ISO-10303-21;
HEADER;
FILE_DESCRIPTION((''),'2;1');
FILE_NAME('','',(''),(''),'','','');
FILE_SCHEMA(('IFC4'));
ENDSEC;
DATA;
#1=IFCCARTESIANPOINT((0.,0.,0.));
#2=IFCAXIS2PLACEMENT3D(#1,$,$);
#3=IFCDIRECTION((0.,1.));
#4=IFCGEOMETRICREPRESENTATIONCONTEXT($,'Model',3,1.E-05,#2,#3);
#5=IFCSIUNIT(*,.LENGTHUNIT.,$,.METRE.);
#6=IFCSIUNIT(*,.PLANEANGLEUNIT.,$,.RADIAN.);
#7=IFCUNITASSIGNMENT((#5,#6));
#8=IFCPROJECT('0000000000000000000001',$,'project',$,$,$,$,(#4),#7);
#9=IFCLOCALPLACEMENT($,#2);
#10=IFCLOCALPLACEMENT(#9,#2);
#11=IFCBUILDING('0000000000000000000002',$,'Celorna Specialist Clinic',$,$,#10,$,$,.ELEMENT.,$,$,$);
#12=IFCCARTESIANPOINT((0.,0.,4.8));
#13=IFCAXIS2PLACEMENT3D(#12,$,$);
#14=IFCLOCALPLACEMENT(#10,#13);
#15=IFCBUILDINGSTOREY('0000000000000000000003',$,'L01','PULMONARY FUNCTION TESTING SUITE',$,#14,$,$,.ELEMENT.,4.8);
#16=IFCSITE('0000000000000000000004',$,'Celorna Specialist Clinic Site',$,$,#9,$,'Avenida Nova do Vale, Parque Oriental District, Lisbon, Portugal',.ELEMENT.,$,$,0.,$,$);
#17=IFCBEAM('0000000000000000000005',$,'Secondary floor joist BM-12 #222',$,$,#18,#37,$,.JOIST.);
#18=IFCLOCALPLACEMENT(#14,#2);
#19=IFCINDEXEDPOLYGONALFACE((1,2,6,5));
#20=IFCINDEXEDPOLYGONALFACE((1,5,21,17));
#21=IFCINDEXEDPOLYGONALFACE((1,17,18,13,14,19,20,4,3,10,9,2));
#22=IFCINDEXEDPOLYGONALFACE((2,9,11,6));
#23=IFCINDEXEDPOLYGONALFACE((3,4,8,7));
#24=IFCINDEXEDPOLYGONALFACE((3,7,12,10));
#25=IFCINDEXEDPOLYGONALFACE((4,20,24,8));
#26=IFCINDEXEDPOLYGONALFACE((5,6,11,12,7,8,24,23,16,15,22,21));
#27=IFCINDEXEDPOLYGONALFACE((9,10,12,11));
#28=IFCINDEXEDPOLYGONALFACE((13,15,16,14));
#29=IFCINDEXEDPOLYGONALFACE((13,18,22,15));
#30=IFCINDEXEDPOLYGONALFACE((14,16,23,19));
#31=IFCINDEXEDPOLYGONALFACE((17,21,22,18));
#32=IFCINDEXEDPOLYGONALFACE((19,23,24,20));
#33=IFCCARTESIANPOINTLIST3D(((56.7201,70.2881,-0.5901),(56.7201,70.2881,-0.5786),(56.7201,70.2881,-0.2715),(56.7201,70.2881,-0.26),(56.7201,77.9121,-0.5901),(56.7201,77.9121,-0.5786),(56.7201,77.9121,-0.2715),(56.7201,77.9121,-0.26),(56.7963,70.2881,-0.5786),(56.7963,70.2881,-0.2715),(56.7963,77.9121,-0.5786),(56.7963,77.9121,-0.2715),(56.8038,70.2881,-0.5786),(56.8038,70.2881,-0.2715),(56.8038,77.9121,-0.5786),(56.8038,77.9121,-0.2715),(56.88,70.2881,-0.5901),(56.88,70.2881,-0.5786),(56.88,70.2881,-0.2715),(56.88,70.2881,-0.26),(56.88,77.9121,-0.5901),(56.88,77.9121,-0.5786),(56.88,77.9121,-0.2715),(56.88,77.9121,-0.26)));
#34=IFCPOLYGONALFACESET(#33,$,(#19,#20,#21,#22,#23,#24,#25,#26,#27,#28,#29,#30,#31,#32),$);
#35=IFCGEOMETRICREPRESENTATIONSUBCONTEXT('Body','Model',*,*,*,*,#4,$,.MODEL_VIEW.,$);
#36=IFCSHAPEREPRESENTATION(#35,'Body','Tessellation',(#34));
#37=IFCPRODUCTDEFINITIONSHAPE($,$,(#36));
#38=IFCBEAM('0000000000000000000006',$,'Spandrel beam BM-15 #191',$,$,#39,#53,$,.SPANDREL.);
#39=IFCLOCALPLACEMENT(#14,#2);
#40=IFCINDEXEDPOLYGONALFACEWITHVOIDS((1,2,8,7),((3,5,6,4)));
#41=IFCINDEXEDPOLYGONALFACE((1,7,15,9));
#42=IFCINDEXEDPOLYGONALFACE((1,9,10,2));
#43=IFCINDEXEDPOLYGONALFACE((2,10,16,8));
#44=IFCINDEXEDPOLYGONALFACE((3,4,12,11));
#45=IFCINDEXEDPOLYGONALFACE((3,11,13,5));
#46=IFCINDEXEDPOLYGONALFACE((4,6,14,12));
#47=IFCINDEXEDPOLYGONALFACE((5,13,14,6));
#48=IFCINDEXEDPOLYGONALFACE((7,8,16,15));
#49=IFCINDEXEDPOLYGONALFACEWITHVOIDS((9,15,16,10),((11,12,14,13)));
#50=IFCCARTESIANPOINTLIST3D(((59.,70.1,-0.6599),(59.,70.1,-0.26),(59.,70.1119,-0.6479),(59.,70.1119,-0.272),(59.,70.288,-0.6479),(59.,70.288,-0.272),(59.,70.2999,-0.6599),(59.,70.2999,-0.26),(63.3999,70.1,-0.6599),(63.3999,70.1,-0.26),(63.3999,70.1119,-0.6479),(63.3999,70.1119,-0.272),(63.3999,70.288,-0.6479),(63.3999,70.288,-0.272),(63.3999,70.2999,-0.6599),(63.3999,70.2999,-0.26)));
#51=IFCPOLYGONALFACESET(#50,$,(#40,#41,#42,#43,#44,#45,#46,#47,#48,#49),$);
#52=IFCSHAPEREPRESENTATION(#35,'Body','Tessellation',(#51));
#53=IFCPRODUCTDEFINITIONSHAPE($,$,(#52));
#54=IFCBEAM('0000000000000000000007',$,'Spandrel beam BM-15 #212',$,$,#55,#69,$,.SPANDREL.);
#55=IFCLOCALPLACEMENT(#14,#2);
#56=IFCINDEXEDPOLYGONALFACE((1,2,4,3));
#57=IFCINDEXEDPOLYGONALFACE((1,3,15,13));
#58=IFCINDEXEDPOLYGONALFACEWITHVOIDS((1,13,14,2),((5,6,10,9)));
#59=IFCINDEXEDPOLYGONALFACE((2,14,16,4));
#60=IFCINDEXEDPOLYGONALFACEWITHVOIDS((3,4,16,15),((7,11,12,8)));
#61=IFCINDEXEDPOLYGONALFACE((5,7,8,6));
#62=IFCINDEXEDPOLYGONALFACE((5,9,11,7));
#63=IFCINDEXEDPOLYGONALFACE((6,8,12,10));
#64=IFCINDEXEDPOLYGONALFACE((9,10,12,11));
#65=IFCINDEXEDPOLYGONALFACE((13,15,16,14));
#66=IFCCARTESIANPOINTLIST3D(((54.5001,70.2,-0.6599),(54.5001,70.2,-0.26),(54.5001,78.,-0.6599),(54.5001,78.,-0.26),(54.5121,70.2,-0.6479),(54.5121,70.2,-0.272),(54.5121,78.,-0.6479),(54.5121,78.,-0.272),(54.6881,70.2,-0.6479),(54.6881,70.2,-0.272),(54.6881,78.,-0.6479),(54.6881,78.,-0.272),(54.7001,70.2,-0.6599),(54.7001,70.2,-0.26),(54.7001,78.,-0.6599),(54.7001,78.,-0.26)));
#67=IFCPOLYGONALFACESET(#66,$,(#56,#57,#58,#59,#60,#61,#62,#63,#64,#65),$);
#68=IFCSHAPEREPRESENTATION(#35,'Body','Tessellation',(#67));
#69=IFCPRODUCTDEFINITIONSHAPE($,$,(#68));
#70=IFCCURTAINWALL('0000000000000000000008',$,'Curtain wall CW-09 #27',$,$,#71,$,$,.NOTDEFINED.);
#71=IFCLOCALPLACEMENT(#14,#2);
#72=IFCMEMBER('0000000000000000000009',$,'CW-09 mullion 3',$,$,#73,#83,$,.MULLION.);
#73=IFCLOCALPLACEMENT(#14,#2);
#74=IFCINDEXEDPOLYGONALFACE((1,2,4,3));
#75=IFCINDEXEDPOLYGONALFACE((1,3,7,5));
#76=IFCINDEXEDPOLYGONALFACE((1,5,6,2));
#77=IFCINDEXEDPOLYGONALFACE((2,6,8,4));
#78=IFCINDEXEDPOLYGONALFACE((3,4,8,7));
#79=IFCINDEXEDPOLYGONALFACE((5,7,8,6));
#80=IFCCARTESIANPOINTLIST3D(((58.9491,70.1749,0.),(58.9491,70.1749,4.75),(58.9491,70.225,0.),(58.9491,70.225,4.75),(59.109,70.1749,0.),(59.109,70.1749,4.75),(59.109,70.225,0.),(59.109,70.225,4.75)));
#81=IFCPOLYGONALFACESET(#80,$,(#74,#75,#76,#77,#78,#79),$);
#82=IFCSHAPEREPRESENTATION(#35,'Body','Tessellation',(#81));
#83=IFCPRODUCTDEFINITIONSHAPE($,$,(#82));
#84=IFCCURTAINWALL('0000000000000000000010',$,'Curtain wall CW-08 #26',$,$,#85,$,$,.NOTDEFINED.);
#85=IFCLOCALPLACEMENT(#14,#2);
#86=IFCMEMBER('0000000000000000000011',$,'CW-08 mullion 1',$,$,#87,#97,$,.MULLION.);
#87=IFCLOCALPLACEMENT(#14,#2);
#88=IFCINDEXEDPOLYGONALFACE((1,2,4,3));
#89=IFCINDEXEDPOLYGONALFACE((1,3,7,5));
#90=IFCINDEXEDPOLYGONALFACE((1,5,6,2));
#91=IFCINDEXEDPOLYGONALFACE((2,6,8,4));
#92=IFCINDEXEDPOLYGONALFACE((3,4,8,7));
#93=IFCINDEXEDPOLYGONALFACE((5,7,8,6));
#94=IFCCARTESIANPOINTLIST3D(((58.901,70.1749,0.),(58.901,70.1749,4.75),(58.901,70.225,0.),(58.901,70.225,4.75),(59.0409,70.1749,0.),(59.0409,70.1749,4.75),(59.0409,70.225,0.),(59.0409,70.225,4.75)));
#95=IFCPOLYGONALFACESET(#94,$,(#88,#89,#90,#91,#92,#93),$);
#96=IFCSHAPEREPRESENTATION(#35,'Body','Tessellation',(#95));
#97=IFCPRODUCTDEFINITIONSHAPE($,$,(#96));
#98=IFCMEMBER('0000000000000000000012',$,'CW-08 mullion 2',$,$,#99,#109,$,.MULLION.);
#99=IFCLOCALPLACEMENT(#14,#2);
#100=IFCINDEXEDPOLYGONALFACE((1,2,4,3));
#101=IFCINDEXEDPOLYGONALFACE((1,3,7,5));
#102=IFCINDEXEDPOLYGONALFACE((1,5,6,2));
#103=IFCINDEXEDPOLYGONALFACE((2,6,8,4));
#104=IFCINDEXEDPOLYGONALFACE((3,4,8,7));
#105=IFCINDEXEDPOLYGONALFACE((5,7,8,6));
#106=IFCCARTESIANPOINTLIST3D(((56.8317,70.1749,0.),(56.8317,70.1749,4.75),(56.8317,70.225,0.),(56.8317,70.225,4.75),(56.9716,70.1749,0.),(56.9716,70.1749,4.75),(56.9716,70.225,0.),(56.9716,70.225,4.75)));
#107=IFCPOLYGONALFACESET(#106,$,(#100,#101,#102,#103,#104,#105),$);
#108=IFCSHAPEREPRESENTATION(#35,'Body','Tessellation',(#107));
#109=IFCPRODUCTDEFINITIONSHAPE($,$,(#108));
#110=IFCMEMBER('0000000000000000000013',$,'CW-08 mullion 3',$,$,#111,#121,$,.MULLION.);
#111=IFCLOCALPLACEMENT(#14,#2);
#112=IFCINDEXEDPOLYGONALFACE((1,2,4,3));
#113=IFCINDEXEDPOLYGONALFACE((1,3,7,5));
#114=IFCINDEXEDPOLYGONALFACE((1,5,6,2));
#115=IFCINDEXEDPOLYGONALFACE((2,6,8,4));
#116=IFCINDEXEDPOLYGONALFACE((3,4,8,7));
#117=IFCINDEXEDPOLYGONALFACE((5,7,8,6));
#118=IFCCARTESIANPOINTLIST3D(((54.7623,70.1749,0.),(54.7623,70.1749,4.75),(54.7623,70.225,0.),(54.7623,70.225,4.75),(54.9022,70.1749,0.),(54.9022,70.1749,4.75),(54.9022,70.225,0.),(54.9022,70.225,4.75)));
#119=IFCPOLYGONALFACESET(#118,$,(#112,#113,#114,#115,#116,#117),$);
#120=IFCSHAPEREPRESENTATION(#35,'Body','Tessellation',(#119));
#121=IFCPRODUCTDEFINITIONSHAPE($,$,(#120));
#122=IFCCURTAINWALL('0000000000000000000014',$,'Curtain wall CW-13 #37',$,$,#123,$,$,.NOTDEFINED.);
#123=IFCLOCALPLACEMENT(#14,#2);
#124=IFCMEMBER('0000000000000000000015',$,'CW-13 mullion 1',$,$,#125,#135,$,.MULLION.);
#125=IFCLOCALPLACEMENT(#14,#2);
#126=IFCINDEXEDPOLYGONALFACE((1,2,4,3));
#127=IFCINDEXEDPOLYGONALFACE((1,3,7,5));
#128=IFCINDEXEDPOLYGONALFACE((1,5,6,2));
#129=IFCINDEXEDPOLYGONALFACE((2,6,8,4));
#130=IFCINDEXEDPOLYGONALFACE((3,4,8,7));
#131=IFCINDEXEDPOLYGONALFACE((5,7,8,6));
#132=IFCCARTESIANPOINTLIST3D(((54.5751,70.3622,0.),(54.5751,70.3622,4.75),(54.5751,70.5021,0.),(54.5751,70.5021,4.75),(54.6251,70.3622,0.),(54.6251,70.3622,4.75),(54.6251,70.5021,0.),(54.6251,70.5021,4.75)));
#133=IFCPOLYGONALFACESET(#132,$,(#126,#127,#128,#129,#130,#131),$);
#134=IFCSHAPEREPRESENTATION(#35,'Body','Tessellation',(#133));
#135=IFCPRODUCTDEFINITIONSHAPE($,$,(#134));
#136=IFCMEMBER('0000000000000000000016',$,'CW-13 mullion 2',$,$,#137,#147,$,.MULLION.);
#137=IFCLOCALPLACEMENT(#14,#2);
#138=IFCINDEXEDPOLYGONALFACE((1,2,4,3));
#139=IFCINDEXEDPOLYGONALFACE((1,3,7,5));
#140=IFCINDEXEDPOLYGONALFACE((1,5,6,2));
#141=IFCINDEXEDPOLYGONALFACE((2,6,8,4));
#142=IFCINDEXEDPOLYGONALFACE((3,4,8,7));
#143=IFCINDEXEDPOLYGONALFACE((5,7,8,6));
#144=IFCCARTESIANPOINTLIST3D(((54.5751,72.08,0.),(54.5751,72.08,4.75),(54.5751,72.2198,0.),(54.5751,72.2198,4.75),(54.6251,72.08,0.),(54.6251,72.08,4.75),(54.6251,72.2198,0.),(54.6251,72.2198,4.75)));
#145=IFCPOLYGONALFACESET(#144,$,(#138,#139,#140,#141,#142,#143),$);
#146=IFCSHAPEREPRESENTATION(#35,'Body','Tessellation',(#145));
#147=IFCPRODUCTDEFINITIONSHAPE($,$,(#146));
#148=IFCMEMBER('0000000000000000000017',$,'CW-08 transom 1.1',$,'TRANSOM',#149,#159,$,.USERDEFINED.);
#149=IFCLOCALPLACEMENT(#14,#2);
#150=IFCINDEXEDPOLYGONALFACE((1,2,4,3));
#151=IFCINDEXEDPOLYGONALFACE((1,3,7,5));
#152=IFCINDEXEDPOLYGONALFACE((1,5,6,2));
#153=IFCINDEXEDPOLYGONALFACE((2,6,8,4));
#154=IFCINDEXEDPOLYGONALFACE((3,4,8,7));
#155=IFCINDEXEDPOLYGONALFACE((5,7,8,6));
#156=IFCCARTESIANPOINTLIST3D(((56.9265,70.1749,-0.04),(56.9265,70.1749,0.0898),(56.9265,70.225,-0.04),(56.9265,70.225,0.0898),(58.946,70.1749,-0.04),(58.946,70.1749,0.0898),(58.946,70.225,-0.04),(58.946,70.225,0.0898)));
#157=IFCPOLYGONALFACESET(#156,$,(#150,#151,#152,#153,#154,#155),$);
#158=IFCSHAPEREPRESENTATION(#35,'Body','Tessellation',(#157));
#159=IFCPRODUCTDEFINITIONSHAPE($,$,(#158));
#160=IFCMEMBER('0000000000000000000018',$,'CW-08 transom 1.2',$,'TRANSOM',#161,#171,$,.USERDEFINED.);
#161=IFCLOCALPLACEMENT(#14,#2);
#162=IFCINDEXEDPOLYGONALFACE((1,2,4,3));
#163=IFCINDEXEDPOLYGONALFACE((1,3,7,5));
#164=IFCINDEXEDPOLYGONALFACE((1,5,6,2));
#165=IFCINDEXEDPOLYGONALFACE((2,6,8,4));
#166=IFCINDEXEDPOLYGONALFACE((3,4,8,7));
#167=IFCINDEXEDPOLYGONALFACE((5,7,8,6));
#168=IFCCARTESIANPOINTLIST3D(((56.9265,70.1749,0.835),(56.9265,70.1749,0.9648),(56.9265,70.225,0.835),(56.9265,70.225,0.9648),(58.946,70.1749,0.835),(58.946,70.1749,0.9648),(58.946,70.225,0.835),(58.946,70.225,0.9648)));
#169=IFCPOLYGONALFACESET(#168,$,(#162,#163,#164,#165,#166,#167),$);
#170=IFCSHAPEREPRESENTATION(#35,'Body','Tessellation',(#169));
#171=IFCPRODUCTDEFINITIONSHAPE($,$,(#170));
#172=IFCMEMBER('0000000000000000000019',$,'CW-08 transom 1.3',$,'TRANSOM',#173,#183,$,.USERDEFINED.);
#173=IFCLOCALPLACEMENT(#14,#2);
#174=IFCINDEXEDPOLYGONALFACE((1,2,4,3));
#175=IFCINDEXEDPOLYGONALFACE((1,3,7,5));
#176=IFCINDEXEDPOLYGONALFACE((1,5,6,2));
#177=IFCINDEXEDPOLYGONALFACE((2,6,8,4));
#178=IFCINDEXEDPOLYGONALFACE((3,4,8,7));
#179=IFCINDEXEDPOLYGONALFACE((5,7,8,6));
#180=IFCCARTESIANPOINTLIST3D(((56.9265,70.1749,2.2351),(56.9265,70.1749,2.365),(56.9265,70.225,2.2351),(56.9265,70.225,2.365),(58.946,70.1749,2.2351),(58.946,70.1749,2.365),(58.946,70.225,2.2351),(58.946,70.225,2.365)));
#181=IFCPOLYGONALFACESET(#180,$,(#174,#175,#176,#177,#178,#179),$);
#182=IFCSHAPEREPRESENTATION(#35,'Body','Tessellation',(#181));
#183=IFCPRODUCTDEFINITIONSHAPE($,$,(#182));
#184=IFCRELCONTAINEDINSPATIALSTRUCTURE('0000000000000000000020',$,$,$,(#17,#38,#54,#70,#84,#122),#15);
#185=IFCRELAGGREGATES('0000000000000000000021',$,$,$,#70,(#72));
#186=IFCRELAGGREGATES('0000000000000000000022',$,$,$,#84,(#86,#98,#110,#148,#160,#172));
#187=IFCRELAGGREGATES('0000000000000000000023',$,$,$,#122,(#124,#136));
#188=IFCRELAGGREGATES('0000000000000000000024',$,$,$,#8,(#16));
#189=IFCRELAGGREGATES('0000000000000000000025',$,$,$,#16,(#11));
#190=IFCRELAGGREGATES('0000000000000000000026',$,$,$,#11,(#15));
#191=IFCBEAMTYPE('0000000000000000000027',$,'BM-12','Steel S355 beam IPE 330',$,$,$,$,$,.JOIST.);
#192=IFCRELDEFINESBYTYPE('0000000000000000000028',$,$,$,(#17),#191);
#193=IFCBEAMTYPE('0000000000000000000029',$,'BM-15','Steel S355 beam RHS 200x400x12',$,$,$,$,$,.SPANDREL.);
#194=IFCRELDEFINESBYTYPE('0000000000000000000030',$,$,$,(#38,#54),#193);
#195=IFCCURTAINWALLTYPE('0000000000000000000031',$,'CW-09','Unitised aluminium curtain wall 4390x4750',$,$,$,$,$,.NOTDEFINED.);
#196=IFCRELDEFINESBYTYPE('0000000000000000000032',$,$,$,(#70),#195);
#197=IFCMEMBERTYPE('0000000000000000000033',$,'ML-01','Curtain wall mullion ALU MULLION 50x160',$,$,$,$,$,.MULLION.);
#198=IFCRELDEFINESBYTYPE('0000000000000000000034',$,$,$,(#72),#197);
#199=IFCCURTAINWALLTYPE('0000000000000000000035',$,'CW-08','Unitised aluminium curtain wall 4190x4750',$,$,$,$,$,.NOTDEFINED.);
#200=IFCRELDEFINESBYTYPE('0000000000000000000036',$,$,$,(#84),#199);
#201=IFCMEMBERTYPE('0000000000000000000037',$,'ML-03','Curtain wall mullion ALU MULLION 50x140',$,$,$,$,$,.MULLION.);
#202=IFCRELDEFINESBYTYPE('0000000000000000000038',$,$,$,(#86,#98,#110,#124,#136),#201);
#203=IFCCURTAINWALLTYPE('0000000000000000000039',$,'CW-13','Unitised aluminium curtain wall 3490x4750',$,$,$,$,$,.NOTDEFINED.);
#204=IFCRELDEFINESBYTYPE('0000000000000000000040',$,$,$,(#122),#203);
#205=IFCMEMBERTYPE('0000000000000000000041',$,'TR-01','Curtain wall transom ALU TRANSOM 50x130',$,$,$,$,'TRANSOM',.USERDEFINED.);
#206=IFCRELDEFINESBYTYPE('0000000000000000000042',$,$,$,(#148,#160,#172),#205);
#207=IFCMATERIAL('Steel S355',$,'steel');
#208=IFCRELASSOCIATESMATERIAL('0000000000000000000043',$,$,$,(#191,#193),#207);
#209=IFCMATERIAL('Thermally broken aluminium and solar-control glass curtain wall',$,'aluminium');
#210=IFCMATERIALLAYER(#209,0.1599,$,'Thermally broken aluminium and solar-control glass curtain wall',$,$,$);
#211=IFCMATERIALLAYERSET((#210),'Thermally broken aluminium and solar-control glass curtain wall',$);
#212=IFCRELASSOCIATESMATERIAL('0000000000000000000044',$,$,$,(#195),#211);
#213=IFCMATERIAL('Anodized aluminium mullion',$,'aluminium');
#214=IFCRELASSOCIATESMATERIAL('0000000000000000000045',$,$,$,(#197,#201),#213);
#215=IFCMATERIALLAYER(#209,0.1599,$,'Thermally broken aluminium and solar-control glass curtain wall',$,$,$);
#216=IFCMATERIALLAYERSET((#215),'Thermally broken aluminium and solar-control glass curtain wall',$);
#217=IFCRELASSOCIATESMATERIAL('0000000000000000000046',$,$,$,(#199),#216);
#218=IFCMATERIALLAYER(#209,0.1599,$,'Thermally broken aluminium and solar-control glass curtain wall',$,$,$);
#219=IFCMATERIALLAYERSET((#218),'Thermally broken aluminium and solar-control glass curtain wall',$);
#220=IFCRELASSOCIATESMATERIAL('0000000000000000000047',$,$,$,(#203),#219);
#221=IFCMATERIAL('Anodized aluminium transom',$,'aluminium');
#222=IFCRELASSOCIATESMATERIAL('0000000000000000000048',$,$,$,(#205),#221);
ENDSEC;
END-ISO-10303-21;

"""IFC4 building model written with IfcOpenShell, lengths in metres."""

from ifc_helpers import new_model, si_unit, direction, frame, origin, origin_2d, place, context, subcontext, project, spatial, rectangle, hollow_rectangle, i_section, extrude, material, layer, layer_set, material_profile, profile_set, type_object, element, aggregate, save


model = new_model("IFC4")

# Units and contexts
model_context = context("Model", 3, precision=1e-05, world=origin(), true_north=direction((0.0, 1.0)))
body_context = subcontext(model_context, "Body", "Model", "MODEL_VIEW")
ifc_project = project(units=[si_unit("LENGTHUNIT", "METRE"), si_unit("PLANEANGLEUNIT", "RADIAN")], contexts=[model_context])

# Site, building, storey
site_placement = place(None, origin())
site = spatial("IfcSite", under=ifc_project, at=site_placement, Name="Celorna Specialist Clinic Site", LongName="Avenida Nova do Vale, Parque Oriental District, Lisbon, Portugal", CompositionType="ELEMENT", RefElevation=0.0)
building_placement = place(site_placement, origin())
building = spatial("IfcBuilding", under=site, at=building_placement, Name="Celorna Specialist Clinic", CompositionType="ELEMENT")
storey_placement = place(building_placement, frame((0.0, 0.0, 4.8)))
storey = spatial("IfcBuildingStorey", under=building, at=storey_placement, Name="L01", Description="PULMONARY FUNCTION TESTING SUITE", CompositionType="ELEMENT", Elevation=4.8)

# Beams
ifc_material_1 = material(Name="Steel S355", Category="steel")
ifc_material_profile_1 = material_profile(ifc_material_1, i_section(OverallWidth=0.1599, OverallDepth=0.3301, WebThickness=0.0076, FlangeThickness=0.0115, at=origin_2d()), Name="IPE 330")
ifc_profile_set_1 = profile_set([ifc_material_profile_1], Name="Steel S355")
beam_type_1 = type_object("IfcBeamType", Name="BM-12", Description="Steel S355 beam IPE 330", PredefinedType="JOIST", material=ifc_profile_set_1)
beam_1_placement = place(storey_placement, frame((56.8, 70.2881, -0.425), z_axis=(0.0, 1.0, 0.0), x_axis=(-1.0, 0.0, 0.0)))
element("IfcBeam", 1, at=beam_1_placement, inside=storey, type_object=beam_type_1, Name="Secondary floor joist BM-12 #222", PredefinedType="JOIST", context=body_context, shape_type="SweptSolid", body=[
    extrude(i_section(OverallWidth=0.1599, OverallDepth=0.3301, WebThickness=0.0076, FlangeThickness=0.0115, at=origin_2d()), origin(), (0.0, 0.0, 1.0), 7.624),
])
ifc_material_profile_2 = material_profile(ifc_material_1, hollow_rectangle(XDim=0.2, YDim=0.3999, WallThickness=0.012, at=origin_2d()), Name="RHS 200x400x12")
ifc_profile_set_2 = profile_set([ifc_material_profile_2], Name="Steel S355")
beam_type_2 = type_object("IfcBeamType", Name="BM-15", Description="Steel S355 beam RHS 200x400x12", PredefinedType="SPANDREL", material=ifc_profile_set_2)
beam_2_placement = place(storey_placement, frame((59.0, 70.2, -0.46), z_axis=(1.0, 0.0, 0.0), x_axis=(0.0, 1.0, 0.0)))
element("IfcBeam", 2, at=beam_2_placement, inside=storey, type_object=beam_type_2, Name="Spandrel beam BM-15 #191", PredefinedType="SPANDREL", context=body_context, shape_type="SweptSolid", body=[
    extrude(hollow_rectangle(XDim=0.2, YDim=0.3999, WallThickness=0.012, at=origin_2d()), origin(), (0.0, 0.0, 1.0), 4.3999),
])
beam_3_placement = place(storey_placement, frame((54.6001, 70.2, -0.46), z_axis=(0.0, 1.0, 0.0), x_axis=(-1.0, 0.0, 0.0)))
element("IfcBeam", 3, at=beam_3_placement, inside=storey, type_object=beam_type_2, Name="Spandrel beam BM-15 #212", PredefinedType="SPANDREL", context=body_context, shape_type="SweptSolid", body=[
    extrude(hollow_rectangle(XDim=0.2, YDim=0.3999, WallThickness=0.012, at=origin_2d()), origin(), (0.0, 0.0, 1.0), 7.8),
])

# Curtain wall, member
ifc_material_2 = material(Name="Thermally broken aluminium and solar-control glass curtain wall", Category="aluminium")
ifc_layer_1 = layer(ifc_material_2, 0.1599, Name="Thermally broken aluminium and solar-control glass curtain wall")
ifc_layer_set_1 = layer_set([ifc_layer_1], Name="Thermally broken aluminium and solar-control glass curtain wall")
curtain_wall_type_1 = type_object("IfcCurtainWallType", Name="CW-09", Description="Unitised aluminium curtain wall 4390x4750", PredefinedType="NOTDEFINED", material=ifc_layer_set_1)
curtain_wall_1_placement = place(storey_placement, origin())
curtain_wall_1 = element("IfcCurtainWall", 4, at=curtain_wall_1_placement, inside=storey, type_object=curtain_wall_type_1, Name="Curtain wall CW-09 #27", PredefinedType="NOTDEFINED")
ifc_material_3 = material(Name="Anodized aluminium mullion", Category="aluminium")
ifc_material_profile_3 = material_profile(ifc_material_3, rectangle(XDim=0.05, YDim=0.1599, at=origin_2d()), Name="ALU MULLION 50x160")
ifc_profile_set_3 = profile_set([ifc_material_profile_3], Name="Anodized aluminium mullion")
member_type_1 = type_object("IfcMemberType", Name="ML-01", Description="Curtain wall mullion ALU MULLION 50x160", PredefinedType="MULLION", material=ifc_profile_set_3)
member_1_placement = place(storey_placement, frame((59.0291, 70.2, 0.0), z_axis=(0.0, 0.0, 1.0), x_axis=(0.0, -1.0, 0.0)))
member_1 = element("IfcMember", 5, at=member_1_placement, type_object=member_type_1, Name="CW-09 mullion 3", PredefinedType="MULLION", context=body_context, shape_type="SweptSolid", body=[
    extrude(rectangle(XDim=0.05, YDim=0.1599, at=origin_2d()), origin(), (0.0, 0.0, 1.0), 4.75),
])

# Curtain walls, members
ifc_layer_2 = layer(ifc_material_2, 0.1599, Name="Thermally broken aluminium and solar-control glass curtain wall")
ifc_layer_set_2 = layer_set([ifc_layer_2], Name="Thermally broken aluminium and solar-control glass curtain wall")
curtain_wall_type_2 = type_object("IfcCurtainWallType", Name="CW-08", Description="Unitised aluminium curtain wall 4190x4750", PredefinedType="NOTDEFINED", material=ifc_layer_set_2)
curtain_wall_2_placement = place(storey_placement, origin())
curtain_wall_2 = element("IfcCurtainWall", 6, at=curtain_wall_2_placement, inside=storey, type_object=curtain_wall_type_2, Name="Curtain wall CW-08 #26", PredefinedType="NOTDEFINED")
ifc_material_profile_4 = material_profile(ifc_material_3, rectangle(XDim=0.05, YDim=0.1399, at=origin_2d()), Name="ALU MULLION 50x140")
ifc_profile_set_4 = profile_set([ifc_material_profile_4], Name="Anodized aluminium mullion")
member_type_2 = type_object("IfcMemberType", Name="ML-03", Description="Curtain wall mullion ALU MULLION 50x140", PredefinedType="MULLION", material=ifc_profile_set_4)
member_2_placement = place(storey_placement, frame((58.9709, 70.2, 0.0), z_axis=(0.0, 0.0, 1.0), x_axis=(0.0, -1.0, 0.0)))
member_2 = element("IfcMember", 7, at=member_2_placement, type_object=member_type_2, Name="CW-08 mullion 1", PredefinedType="MULLION", context=body_context, shape_type="SweptSolid", body=[
    extrude(rectangle(XDim=0.05, YDim=0.1399, at=origin_2d()), origin(), (0.0, 0.0, 1.0), 4.75),
])
member_3_placement = place(storey_placement, frame((56.9016, 70.2, 0.0), z_axis=(0.0, 0.0, 1.0), x_axis=(0.0, -1.0, 0.0)))
member_3 = element("IfcMember", 8, at=member_3_placement, type_object=member_type_2, Name="CW-08 mullion 2", PredefinedType="MULLION", context=body_context, shape_type="SweptSolid", body=[
    extrude(rectangle(XDim=0.05, YDim=0.1399, at=origin_2d()), origin(), (0.0, 0.0, 1.0), 4.75),
])
member_4_placement = place(storey_placement, frame((54.8323, 70.2, 0.0), z_axis=(0.0, 0.0, 1.0), x_axis=(0.0, -1.0, 0.0)))
member_4 = element("IfcMember", 9, at=member_4_placement, type_object=member_type_2, Name="CW-08 mullion 3", PredefinedType="MULLION", context=body_context, shape_type="SweptSolid", body=[
    extrude(rectangle(XDim=0.05, YDim=0.1399, at=origin_2d()), origin(), (0.0, 0.0, 1.0), 4.75),
])
ifc_layer_3 = layer(ifc_material_2, 0.1599, Name="Thermally broken aluminium and solar-control glass curtain wall")
ifc_layer_set_3 = layer_set([ifc_layer_3], Name="Thermally broken aluminium and solar-control glass curtain wall")
curtain_wall_type_3 = type_object("IfcCurtainWallType", Name="CW-13", Description="Unitised aluminium curtain wall 3490x4750", PredefinedType="NOTDEFINED", material=ifc_layer_set_3)
curtain_wall_3_placement = place(storey_placement, origin())
curtain_wall_3 = element("IfcCurtainWall", 10, at=curtain_wall_3_placement, inside=storey, type_object=curtain_wall_type_3, Name="Curtain wall CW-13 #37", PredefinedType="NOTDEFINED")
member_5_placement = place(storey_placement, frame((54.6001, 70.4321, 0.0), z_axis=(0.0, 0.0, 1.0), x_axis=(-1.0, 0.0, 0.0)))
member_5 = element("IfcMember", 11, at=member_5_placement, type_object=member_type_2, Name="CW-13 mullion 1", PredefinedType="MULLION", context=body_context, shape_type="SweptSolid", body=[
    extrude(rectangle(XDim=0.05, YDim=0.1399, at=origin_2d()), origin(), (0.0, 0.0, 1.0), 4.75),
])
member_6_placement = place(storey_placement, frame((54.6001, 72.1499, 0.0), z_axis=(0.0, 0.0, 1.0), x_axis=(-1.0, 0.0, 0.0)))
member_6 = element("IfcMember", 12, at=member_6_placement, type_object=member_type_2, Name="CW-13 mullion 2", PredefinedType="MULLION", context=body_context, shape_type="SweptSolid", body=[
    extrude(rectangle(XDim=0.05, YDim=0.1399, at=origin_2d()), origin(), (0.0, 0.0, 1.0), 4.75),
])

# Members
ifc_material_4 = material(Name="Anodized aluminium transom", Category="aluminium")
ifc_material_profile_5 = material_profile(ifc_material_4, rectangle(XDim=0.05, YDim=0.1299, at=origin_2d()), Name="ALU TRANSOM 50x130")
ifc_profile_set_5 = profile_set([ifc_material_profile_5], Name="Anodized aluminium transom")
member_type_3 = type_object("IfcMemberType", Name="TR-01", Description="Curtain wall transom ALU TRANSOM 50x130", ElementType="TRANSOM", PredefinedType="USERDEFINED", material=ifc_profile_set_5)
member_7_placement = place(storey_placement, frame((58.946, 70.2, 0.0249), z_axis=(-1.0, 0.0, 0.0), x_axis=(0.0, -1.0, 0.0)))
member_7 = element("IfcMember", 13, at=member_7_placement, type_object=member_type_3, Name="CW-08 transom 1.1", ObjectType="TRANSOM", PredefinedType="USERDEFINED", context=body_context, shape_type="SweptSolid", body=[
    extrude(rectangle(XDim=0.05, YDim=0.1299, at=origin_2d()), origin(), (0.0, 0.0, 1.0), 2.0195),
])
member_8_placement = place(storey_placement, frame((58.946, 70.2, 0.8999), z_axis=(-1.0, 0.0, 0.0), x_axis=(0.0, -1.0, 0.0)))
member_8 = element("IfcMember", 14, at=member_8_placement, type_object=member_type_3, Name="CW-08 transom 1.2", ObjectType="TRANSOM", PredefinedType="USERDEFINED", context=body_context, shape_type="SweptSolid", body=[
    extrude(rectangle(XDim=0.05, YDim=0.1299, at=origin_2d()), origin(), (0.0, 0.0, 1.0), 2.0195),
])
member_9_placement = place(storey_placement, frame((58.946, 70.2, 2.3), z_axis=(-1.0, 0.0, 0.0), x_axis=(0.0, -1.0, 0.0)))
member_9 = element("IfcMember", 15, at=member_9_placement, type_object=member_type_3, Name="CW-08 transom 1.3", ObjectType="TRANSOM", PredefinedType="USERDEFINED", context=body_context, shape_type="SweptSolid", body=[
    extrude(rectangle(XDim=0.05, YDim=0.1299, at=origin_2d()), origin(), (0.0, 0.0, 1.0), 2.0195),
])

aggregate(curtain_wall_1, [member_1])
aggregate(curtain_wall_2, [member_2, member_3, member_4, member_7, member_8, member_9])
aggregate(curtain_wall_3, [member_5, member_6])

save(model, "model.ifc")
